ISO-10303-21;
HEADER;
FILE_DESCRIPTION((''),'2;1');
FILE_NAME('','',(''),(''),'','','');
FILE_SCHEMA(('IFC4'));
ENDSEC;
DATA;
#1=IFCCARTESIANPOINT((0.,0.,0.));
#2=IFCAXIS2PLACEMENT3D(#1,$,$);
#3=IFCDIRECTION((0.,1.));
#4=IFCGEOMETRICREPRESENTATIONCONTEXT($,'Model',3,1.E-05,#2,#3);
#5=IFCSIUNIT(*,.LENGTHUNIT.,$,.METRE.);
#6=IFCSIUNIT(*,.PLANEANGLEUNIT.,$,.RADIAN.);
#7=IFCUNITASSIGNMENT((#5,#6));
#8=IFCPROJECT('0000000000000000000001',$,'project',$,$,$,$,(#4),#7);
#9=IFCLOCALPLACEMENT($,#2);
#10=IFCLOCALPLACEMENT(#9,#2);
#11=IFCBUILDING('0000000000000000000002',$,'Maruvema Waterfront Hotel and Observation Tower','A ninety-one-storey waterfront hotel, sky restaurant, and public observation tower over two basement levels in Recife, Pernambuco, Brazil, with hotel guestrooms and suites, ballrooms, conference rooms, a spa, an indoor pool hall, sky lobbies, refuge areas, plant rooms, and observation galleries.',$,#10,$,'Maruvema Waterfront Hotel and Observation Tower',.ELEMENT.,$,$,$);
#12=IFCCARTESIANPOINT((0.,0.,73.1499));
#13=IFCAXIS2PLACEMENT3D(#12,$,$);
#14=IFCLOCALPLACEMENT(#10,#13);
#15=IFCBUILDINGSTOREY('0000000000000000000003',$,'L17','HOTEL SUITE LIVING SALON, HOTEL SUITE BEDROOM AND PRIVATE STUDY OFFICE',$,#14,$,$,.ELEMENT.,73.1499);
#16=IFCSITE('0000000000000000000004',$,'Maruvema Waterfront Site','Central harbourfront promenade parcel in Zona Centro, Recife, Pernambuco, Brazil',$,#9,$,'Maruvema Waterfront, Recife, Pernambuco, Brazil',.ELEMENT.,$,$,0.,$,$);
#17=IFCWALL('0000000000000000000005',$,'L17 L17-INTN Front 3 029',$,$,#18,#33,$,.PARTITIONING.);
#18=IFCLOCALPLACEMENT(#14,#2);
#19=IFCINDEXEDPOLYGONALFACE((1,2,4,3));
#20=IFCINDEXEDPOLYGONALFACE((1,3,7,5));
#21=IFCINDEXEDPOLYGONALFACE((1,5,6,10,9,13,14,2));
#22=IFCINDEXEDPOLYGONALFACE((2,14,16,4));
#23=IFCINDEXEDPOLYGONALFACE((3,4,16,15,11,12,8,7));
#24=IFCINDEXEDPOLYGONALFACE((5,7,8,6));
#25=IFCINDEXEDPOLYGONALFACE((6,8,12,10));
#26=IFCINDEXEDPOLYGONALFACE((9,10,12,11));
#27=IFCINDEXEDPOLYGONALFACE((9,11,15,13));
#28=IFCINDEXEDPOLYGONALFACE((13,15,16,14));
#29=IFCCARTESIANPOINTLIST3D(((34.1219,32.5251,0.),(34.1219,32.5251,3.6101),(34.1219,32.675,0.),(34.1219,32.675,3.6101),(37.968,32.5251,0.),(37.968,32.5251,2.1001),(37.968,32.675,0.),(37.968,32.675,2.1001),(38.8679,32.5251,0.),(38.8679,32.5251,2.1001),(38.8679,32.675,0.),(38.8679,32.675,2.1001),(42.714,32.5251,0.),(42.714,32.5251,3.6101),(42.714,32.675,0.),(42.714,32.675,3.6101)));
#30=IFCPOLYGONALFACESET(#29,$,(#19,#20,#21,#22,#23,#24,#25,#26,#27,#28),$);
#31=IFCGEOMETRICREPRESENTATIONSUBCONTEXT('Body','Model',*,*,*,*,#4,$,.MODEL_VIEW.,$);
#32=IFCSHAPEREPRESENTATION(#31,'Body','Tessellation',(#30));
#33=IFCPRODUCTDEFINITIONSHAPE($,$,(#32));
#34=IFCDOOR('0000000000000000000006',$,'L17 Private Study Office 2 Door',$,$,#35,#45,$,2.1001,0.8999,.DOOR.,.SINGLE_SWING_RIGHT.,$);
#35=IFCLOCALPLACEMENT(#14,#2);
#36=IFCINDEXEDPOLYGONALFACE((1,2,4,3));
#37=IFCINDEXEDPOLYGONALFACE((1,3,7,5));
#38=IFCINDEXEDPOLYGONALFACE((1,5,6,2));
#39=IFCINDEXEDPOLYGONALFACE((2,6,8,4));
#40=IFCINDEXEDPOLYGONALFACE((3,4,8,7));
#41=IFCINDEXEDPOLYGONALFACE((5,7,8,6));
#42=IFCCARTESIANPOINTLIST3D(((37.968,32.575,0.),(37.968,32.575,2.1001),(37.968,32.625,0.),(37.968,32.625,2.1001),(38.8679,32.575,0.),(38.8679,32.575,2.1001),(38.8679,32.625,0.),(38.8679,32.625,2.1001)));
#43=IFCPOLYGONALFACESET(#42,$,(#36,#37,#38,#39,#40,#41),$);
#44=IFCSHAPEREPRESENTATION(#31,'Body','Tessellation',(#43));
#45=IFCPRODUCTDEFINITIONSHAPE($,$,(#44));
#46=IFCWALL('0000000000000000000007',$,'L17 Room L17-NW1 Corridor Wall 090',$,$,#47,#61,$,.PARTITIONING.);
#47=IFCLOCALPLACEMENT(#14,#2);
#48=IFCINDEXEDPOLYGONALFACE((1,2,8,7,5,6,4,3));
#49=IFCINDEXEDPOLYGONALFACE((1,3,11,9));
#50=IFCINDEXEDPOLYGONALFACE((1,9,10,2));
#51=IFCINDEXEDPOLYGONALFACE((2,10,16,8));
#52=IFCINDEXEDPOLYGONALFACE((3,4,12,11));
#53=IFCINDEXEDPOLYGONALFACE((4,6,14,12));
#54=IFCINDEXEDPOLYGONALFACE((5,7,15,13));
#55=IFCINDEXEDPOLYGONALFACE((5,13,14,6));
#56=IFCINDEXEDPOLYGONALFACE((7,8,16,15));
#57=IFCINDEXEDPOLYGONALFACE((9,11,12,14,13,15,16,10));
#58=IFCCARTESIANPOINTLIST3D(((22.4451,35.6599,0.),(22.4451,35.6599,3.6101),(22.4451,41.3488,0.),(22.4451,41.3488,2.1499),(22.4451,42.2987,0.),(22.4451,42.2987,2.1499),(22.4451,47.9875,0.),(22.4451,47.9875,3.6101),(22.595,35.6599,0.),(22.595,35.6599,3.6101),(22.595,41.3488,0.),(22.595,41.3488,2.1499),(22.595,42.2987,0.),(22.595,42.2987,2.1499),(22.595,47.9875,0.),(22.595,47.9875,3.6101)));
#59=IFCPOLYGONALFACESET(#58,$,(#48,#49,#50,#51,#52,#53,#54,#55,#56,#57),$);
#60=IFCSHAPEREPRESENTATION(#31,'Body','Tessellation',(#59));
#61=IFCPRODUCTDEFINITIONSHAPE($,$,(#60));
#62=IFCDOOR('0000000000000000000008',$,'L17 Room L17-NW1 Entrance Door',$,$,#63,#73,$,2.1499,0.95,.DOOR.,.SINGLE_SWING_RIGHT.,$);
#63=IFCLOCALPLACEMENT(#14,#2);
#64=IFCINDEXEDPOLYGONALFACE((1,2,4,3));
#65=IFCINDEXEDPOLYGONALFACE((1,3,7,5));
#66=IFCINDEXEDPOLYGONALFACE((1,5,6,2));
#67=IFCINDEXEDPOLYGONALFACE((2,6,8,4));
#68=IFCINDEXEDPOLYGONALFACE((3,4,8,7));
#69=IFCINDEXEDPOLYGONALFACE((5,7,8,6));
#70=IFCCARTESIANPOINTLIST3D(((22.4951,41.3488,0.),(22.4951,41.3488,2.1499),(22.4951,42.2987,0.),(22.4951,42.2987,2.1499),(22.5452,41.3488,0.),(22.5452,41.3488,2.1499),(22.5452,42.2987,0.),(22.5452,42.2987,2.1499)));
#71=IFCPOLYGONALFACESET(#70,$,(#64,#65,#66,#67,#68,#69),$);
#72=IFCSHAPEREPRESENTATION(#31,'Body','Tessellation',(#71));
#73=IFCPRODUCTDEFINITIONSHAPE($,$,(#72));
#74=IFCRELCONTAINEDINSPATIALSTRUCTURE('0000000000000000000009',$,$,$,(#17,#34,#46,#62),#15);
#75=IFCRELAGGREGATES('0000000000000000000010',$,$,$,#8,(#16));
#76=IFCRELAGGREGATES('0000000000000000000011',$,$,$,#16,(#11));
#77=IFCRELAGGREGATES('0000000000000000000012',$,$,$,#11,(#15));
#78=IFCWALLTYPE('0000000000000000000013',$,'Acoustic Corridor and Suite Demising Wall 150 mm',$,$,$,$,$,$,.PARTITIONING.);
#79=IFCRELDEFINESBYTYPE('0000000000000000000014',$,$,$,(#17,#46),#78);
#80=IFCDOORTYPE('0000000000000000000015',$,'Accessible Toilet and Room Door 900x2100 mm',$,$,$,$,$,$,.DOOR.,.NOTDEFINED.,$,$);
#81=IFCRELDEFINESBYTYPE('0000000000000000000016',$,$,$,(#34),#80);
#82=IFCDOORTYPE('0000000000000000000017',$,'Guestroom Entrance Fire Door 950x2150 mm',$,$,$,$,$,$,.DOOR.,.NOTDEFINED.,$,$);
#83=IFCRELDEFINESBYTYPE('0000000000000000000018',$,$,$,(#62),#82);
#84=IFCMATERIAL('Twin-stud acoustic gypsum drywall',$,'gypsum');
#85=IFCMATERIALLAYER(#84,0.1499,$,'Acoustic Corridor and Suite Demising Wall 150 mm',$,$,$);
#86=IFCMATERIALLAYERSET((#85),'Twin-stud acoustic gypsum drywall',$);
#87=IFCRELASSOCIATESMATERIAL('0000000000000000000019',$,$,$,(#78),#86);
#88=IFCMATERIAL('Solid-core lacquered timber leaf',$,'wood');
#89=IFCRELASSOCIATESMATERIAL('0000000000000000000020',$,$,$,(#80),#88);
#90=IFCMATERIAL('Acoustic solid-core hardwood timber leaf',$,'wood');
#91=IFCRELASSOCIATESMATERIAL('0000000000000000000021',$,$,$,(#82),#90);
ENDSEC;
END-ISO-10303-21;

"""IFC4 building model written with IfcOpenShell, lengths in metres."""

from ifc_helpers import new_model, si_unit, direction, frame, frame_2d, origin, place, context, subcontext, project, spatial, rectangle, extrude, material, layer, layer_set, type_object, element, fill, save


model = new_model("IFC4")

# Units and contexts
model_context = context("Model", 3, precision=1e-05, world=origin(), true_north=direction((0.0, 1.0)))
body_context = subcontext(model_context, "Body", "Model", "MODEL_VIEW")
ifc_project = project(units=[si_unit("LENGTHUNIT", "METRE"), si_unit("PLANEANGLEUNIT", "RADIAN")], contexts=[model_context])

# Site, building, storey
site_placement = place(None, origin())
site = spatial("IfcSite", under=ifc_project, at=site_placement, Name="Maruvema Waterfront Site", Description="Central harbourfront promenade parcel in Zona Centro, Recife, Pernambuco, Brazil", LongName="Maruvema Waterfront, Recife, Pernambuco, Brazil", CompositionType="ELEMENT", RefElevation=0.0)
building_placement = place(site_placement, origin())
building = spatial("IfcBuilding", under=site, at=building_placement, Name="Maruvema Waterfront Hotel and Observation Tower", Description="A ninety-one-storey waterfront hotel, sky restaurant, and public observation tower over two basement levels in Recife, Pernambuco, Brazil, with hotel guestrooms and suites, ballrooms, conference rooms, a spa, an indoor pool hall, sky lobbies, refuge areas, plant rooms, and observation galleries.", LongName="Maruvema Waterfront Hotel and Observation Tower", CompositionType="ELEMENT")
storey_placement = place(building_placement, frame((0.0, 0.0, 73.1499)))
storey = spatial("IfcBuildingStorey", under=building, at=storey_placement, Name="L17", Description="HOTEL SUITE LIVING SALON, HOTEL SUITE BEDROOM AND PRIVATE STUDY OFFICE", CompositionType="ELEMENT", Elevation=73.1499)

# Walls, openings, doors
ifc_material_1 = material(Name="Twin-stud acoustic gypsum drywall", Category="gypsum")
ifc_layer_1 = layer(ifc_material_1, 0.1499, Name="Acoustic Corridor and Suite Demising Wall 150 mm")
ifc_layer_set_1 = layer_set([ifc_layer_1], Name="Twin-stud acoustic gypsum drywall")
wall_type_1 = type_object("IfcWallType", Name="Acoustic Corridor and Suite Demising Wall 150 mm", PredefinedType="PARTITIONING", material=ifc_layer_set_1)
ifc_material_2 = material(Name="Solid-core lacquered timber leaf", Category="wood")
door_type_1 = type_object("IfcDoorType", Name="Accessible Toilet and Room Door 900x2100 mm", OperationType="NOTDEFINED", PredefinedType="DOOR", material=ifc_material_2)
wall_1_placement = place(storey_placement, frame((34.1221, 32.6001, 0.0), z_axis=(0.0, 0.0, 1.0), x_axis=(1.0, 0.0, 0.0)))
wall_1 = element("IfcWall", 1, at=wall_1_placement, inside=storey, type_object=wall_type_1, Name="L17 L17-INTN Front 3 029", PredefinedType="PARTITIONING", context=body_context, shape_type="SweptSolid", body=[
    extrude(rectangle(XDim=8.592, YDim=0.1499, at=frame_2d((4.2959, 0.0))), origin(), (0.0, 0.0, 1.0), 3.6101),
])
opening_1_placement = place(wall_1_placement, frame((3.8459, 0.0, 0.0)))
opening_1 = element("IfcOpeningElement", 2, at=opening_1_placement, cuts=wall_1, PredefinedType="OPENING", context=body_context, shape_type="SweptSolid", body=[
    extrude(rectangle(XDim=0.8999, YDim=2.1001, at=frame_2d((0.45, 1.05))), frame((0.0, 0.085, 0.0), z_axis=(0.0, -1.0, 0.0), x_axis=(1.0, 0.0, 0.0)), (0.0, 0.0, 1.0), 0.1699),
])
door_1_placement = place(opening_1_placement, origin())
door_1 = element("IfcDoor", 3, at=door_1_placement, inside=storey, type_object=door_type_1, Name="L17 Private Study Office 2 Door", OperationType="SINGLE_SWING_RIGHT", OverallHeight=2.1001, OverallWidth=0.8999, PredefinedType="DOOR", context=body_context, shape_type="SweptSolid", body=[
    extrude(rectangle(XDim=0.8999, YDim=2.1001, at=frame_2d((0.45, 1.05))), frame((0.0, 0.0249, 0.0), z_axis=(0.0, -1.0, 0.0), x_axis=(1.0, 0.0, 0.0)), (0.0, 0.0, 1.0), 0.05),
])
fill(opening_1, door_1)
wall_2_placement = place(storey_placement, frame((22.52, 35.6599, 0.0), z_axis=(0.0, 0.0, 1.0), x_axis=(0.0, 1.0, 0.0)))
wall_2 = element("IfcWall", 4, at=wall_2_placement, inside=storey, type_object=wall_type_1, Name="L17 Room L17-NW1 Corridor Wall 090", PredefinedType="PARTITIONING", context=body_context, shape_type="SweptSolid", body=[
    extrude(rectangle(XDim=12.3276, YDim=0.1499, at=frame_2d((6.1638, 0.0))), origin(), (0.0, 0.0, 1.0), 3.6101),
])
opening_2_placement = place(wall_2_placement, frame((5.6887, 0.0, 0.0)))
opening_2 = element("IfcOpeningElement", 5, at=opening_2_placement, cuts=wall_2, PredefinedType="OPENING", context=body_context, shape_type="SweptSolid", body=[
    extrude(rectangle(XDim=0.95, YDim=2.1499, at=frame_2d((0.4751, 1.075))), frame((0.0, 0.085, 0.0), z_axis=(0.0, -1.0, 0.0), x_axis=(1.0, 0.0, 0.0)), (0.0, 0.0, 1.0), 0.1699),
])
ifc_material_3 = material(Name="Acoustic solid-core hardwood timber leaf", Category="wood")
door_type_2 = type_object("IfcDoorType", Name="Guestroom Entrance Fire Door 950x2150 mm", OperationType="NOTDEFINED", PredefinedType="DOOR", material=ifc_material_3)
door_2_placement = place(opening_2_placement, origin())
door_2 = element("IfcDoor", 6, at=door_2_placement, inside=storey, type_object=door_type_2, Name="L17 Room L17-NW1 Entrance Door", OperationType="SINGLE_SWING_RIGHT", OverallHeight=2.1499, OverallWidth=0.95, PredefinedType="DOOR", context=body_context, shape_type="SweptSolid", body=[
    extrude(rectangle(XDim=0.95, YDim=2.1499, at=frame_2d((0.4751, 1.075))), frame((0.0, 0.0249, 0.0), z_axis=(0.0, -1.0, 0.0), x_axis=(1.0, 0.0, 0.0)), (0.0, 0.0, 1.0), 0.05),
])
fill(opening_2, door_2)

save(model, "model.ifc")
